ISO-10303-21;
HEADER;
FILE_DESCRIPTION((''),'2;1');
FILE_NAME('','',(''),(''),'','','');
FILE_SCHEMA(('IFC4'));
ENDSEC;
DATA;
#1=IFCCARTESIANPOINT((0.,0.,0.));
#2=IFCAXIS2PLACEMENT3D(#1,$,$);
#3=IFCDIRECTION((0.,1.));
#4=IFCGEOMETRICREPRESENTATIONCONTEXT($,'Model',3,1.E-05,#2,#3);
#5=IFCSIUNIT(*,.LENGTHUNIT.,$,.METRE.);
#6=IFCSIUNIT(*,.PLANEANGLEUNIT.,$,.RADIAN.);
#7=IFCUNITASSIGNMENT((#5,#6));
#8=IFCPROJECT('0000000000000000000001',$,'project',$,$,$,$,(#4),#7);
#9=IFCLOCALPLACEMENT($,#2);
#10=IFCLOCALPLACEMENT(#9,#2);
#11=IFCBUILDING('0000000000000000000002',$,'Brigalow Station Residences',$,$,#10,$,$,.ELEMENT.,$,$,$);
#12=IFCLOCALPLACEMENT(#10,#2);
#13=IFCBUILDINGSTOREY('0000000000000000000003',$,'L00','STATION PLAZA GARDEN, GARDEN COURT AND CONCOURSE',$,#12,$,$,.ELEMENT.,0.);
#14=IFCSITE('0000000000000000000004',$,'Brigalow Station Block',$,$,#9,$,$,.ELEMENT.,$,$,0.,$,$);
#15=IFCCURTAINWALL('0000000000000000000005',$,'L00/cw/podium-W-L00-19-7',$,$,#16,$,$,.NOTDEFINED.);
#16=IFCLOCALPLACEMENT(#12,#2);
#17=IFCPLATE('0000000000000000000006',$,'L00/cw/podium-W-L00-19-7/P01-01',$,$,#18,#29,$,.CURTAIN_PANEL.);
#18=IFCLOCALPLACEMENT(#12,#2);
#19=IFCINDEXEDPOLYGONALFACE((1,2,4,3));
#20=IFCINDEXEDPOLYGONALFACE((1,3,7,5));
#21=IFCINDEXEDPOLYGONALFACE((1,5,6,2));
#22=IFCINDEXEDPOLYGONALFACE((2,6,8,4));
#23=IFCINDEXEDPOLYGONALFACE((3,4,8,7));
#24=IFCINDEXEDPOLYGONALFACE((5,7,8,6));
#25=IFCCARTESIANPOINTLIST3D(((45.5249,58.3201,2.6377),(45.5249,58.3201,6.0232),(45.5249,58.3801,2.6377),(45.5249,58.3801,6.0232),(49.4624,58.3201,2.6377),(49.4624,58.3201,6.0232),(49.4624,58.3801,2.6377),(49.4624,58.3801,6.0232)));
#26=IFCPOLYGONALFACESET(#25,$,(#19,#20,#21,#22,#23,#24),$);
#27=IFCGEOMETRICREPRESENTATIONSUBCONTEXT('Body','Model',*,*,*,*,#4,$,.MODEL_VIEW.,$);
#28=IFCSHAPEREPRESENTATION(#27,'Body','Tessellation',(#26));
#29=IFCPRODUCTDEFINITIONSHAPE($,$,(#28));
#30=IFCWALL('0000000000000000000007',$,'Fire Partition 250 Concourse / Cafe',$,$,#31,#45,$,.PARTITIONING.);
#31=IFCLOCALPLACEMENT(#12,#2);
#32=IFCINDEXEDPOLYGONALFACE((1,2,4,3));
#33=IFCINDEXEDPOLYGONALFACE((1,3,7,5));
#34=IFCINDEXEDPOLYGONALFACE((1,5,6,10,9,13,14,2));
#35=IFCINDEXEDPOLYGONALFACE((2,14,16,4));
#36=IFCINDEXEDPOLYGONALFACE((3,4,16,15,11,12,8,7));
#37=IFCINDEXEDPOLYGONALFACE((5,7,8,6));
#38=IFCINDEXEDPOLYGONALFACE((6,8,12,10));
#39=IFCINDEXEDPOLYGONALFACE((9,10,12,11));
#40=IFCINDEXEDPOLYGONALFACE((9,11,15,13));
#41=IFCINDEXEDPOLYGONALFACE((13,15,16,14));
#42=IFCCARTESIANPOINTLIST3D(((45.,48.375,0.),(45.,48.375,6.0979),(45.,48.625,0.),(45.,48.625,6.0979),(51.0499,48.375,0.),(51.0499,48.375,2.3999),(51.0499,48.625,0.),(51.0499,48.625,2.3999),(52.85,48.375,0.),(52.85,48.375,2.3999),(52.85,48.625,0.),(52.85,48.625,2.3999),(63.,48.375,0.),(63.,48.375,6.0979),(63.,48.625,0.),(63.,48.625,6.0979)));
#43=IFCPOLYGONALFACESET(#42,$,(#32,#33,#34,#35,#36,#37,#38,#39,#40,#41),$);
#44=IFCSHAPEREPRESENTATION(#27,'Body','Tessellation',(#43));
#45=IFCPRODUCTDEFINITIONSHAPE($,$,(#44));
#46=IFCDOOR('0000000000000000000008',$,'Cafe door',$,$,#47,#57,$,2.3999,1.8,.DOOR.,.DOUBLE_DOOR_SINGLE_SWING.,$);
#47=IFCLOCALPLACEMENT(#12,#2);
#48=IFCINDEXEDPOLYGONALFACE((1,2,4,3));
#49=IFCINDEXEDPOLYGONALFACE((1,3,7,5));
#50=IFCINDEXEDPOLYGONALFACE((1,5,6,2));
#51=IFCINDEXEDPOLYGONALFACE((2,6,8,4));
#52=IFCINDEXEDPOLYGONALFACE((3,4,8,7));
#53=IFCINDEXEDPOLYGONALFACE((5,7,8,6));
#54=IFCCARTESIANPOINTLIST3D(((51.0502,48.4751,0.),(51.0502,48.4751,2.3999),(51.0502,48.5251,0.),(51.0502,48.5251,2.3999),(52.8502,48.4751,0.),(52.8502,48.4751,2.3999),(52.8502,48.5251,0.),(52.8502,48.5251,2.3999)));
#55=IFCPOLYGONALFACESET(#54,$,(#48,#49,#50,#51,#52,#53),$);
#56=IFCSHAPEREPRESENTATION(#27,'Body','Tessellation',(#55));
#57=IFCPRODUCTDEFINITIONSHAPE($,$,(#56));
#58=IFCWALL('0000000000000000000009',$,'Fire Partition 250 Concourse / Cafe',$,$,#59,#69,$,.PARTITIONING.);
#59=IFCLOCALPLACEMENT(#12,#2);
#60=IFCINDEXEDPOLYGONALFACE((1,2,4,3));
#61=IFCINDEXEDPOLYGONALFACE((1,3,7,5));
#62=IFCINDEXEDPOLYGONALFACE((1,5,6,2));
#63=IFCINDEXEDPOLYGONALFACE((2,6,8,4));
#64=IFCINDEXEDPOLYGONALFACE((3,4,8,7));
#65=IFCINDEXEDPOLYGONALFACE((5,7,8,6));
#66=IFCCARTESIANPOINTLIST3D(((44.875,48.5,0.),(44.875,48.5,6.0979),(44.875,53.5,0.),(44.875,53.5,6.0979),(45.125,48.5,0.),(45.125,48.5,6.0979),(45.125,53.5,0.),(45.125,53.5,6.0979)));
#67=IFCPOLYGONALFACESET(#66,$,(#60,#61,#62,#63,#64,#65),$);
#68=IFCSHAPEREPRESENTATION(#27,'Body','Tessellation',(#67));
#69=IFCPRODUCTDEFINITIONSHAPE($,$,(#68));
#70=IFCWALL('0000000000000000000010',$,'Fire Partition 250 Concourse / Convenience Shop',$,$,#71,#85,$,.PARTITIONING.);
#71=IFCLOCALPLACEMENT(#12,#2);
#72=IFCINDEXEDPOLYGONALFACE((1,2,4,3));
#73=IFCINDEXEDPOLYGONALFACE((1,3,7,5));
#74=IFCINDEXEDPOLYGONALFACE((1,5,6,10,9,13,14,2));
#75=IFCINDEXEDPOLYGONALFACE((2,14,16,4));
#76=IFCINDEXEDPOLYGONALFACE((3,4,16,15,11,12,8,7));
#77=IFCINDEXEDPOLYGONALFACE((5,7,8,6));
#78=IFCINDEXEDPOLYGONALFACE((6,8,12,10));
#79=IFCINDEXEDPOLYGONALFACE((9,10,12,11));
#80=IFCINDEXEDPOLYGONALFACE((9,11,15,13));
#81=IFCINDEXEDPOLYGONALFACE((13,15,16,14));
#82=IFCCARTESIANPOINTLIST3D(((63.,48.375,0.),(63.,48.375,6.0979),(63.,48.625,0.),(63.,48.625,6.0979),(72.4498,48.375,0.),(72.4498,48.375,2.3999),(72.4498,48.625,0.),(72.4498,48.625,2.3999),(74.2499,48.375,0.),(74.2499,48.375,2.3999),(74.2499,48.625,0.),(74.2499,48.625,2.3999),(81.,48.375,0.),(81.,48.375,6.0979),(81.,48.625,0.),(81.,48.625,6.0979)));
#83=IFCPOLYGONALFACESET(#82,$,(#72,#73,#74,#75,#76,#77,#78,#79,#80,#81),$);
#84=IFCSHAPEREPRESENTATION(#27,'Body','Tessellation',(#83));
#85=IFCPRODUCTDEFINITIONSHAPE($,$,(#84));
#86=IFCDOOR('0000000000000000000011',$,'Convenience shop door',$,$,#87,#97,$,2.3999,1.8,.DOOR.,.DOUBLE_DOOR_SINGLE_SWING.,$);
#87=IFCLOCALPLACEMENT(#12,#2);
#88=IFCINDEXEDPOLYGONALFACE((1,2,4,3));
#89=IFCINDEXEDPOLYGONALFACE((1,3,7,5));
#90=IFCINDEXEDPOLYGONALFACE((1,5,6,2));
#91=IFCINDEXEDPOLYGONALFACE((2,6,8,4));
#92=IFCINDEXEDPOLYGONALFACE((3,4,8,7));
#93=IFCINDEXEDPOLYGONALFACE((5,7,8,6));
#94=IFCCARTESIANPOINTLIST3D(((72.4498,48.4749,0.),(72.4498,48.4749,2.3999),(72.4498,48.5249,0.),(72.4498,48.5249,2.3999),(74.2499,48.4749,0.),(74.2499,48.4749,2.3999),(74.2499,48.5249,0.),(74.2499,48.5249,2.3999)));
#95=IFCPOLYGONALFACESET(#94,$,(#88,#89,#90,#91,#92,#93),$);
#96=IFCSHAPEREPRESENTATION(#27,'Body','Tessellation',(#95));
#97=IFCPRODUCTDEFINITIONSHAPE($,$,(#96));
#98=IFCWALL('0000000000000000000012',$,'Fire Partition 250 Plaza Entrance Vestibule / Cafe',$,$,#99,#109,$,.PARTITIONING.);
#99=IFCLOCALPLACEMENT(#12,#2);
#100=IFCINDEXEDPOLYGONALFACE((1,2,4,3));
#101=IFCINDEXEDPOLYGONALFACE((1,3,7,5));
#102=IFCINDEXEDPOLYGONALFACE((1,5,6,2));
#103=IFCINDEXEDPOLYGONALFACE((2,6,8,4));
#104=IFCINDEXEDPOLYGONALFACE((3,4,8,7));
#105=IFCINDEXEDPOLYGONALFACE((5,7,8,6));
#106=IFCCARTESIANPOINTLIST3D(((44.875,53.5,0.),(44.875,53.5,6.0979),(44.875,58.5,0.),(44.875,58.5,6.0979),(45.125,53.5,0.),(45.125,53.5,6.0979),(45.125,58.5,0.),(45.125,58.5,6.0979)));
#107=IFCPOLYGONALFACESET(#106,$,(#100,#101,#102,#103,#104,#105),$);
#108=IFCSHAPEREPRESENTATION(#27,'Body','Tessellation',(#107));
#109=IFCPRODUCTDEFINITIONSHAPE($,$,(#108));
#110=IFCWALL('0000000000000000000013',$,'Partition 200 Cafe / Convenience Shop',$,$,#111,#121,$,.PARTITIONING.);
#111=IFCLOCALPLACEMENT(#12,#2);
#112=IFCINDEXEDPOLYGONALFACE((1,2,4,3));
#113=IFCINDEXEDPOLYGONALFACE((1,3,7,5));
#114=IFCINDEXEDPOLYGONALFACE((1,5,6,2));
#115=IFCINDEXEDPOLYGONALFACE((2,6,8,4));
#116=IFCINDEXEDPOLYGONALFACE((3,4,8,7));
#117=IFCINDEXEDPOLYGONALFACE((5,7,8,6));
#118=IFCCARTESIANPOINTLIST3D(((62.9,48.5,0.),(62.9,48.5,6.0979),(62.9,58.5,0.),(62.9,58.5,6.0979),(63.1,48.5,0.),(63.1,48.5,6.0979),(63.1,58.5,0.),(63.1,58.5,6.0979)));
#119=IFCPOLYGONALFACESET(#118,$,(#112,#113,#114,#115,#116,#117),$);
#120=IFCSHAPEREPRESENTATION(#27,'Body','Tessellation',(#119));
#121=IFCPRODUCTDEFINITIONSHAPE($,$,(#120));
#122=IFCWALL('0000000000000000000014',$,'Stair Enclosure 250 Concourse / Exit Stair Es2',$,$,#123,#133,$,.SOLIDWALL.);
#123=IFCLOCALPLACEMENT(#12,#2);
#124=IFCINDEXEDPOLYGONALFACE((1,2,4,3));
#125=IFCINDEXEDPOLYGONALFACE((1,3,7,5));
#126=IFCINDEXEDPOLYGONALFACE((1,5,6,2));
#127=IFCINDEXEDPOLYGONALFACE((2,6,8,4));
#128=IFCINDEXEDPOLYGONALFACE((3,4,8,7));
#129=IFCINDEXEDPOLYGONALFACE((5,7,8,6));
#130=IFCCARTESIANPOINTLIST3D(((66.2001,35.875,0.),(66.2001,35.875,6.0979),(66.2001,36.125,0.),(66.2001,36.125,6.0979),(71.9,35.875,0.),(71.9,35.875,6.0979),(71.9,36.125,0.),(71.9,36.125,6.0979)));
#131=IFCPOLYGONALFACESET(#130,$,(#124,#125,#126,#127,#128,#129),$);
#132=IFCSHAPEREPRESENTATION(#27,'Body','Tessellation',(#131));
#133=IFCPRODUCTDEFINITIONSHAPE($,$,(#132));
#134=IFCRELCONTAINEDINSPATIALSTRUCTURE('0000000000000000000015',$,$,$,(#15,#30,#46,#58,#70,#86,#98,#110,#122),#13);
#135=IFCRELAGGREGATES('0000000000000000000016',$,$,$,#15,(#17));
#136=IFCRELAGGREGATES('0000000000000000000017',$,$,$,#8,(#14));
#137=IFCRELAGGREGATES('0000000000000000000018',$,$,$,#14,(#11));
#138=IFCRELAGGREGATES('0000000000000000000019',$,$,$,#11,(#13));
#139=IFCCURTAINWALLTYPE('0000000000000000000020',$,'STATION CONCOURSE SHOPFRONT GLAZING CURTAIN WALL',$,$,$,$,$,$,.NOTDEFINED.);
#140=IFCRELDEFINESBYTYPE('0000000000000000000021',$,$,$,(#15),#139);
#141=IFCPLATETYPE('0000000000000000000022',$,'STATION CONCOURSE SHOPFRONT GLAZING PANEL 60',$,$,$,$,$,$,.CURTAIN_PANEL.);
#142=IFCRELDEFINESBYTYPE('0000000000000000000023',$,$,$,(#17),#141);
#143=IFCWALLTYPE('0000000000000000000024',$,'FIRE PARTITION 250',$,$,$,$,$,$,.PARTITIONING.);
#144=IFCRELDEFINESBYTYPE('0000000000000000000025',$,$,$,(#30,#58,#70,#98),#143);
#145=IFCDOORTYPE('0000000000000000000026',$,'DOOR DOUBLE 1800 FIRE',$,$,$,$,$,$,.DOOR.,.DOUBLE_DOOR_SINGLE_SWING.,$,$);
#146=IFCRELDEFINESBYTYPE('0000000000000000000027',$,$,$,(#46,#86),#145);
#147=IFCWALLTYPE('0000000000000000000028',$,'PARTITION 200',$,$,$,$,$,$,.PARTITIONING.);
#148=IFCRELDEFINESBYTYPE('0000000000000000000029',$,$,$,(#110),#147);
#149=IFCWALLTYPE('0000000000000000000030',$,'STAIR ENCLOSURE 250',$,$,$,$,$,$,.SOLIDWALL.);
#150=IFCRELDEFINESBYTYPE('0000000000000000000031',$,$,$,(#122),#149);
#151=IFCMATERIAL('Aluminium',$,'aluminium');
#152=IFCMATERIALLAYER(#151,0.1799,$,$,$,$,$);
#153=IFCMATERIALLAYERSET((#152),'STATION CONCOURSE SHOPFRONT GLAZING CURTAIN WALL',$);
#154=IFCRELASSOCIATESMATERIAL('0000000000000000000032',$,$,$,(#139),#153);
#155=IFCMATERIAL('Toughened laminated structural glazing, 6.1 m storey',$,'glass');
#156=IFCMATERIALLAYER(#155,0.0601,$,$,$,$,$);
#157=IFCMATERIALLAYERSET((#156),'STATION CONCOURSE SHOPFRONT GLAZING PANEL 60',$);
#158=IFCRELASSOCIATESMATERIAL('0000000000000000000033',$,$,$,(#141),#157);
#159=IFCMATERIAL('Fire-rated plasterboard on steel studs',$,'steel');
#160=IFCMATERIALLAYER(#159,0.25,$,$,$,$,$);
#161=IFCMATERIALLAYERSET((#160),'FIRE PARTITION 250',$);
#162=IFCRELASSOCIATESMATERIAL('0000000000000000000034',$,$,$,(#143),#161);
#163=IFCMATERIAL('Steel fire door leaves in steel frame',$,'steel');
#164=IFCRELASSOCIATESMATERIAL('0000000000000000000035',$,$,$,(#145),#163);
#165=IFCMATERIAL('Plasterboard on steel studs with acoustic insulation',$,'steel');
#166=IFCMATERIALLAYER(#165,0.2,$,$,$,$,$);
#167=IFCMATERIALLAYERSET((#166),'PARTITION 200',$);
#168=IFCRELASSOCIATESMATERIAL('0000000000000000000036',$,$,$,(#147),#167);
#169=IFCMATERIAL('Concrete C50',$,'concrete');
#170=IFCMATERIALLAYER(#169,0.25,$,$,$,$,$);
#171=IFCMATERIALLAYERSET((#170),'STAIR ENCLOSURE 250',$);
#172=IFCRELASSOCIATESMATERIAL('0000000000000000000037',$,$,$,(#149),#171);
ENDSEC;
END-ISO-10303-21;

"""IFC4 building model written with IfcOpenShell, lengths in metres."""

from ifc_helpers import new_model, si_unit, direction, frame, frame_2d, origin, origin_2d, place, context, subcontext, project, spatial, rectangle, extrude, material, layer, layer_set, type_object, element, fill, aggregate, save


model = new_model("IFC4")

# Units and contexts
model_context = context("Model", 3, precision=1e-05, world=origin(), true_north=direction((0.0, 1.0)))
body_context = subcontext(model_context, "Body", "Model", "MODEL_VIEW")
ifc_project = project(units=[si_unit("LENGTHUNIT", "METRE"), si_unit("PLANEANGLEUNIT", "RADIAN")], contexts=[model_context])

# Site, building, storey
site_placement = place(None, origin())
site = spatial("IfcSite", under=ifc_project, at=site_placement, Name="Brigalow Station Block", CompositionType="ELEMENT", RefElevation=0.0)
building_placement = place(site_placement, origin())
building = spatial("IfcBuilding", under=site, at=building_placement, Name="Brigalow Station Residences", CompositionType="ELEMENT")
storey_placement = place(building_placement, origin())
storey = spatial("IfcBuildingStorey", under=building, at=storey_placement, Name="L00", Description="STATION PLAZA GARDEN, GARDEN COURT AND CONCOURSE", CompositionType="ELEMENT", Elevation=0.0)

# Shared definitions
ifc_material_1 = material(Name="Aluminium", Category="aluminium")
ifc_layer_1 = layer(ifc_material_1, 0.1799)
ifc_layer_set_1 = layer_set([ifc_layer_1], Name="STATION CONCOURSE SHOPFRONT GLAZING CURTAIN WALL")
curtain_wall_type = type_object("IfcCurtainWallType", Name="STATION CONCOURSE SHOPFRONT GLAZING CURTAIN WALL", PredefinedType="NOTDEFINED", material=ifc_layer_set_1)

# Curtain wall, plate
curtain_wall_1_placement = place(storey_placement, origin())
curtain_wall_1 = element("IfcCurtainWall", 1, at=curtain_wall_1_placement, inside=storey, type_object=curtain_wall_type, Name="L00/cw/podium-W-L00-19-7", PredefinedType="NOTDEFINED")
ifc_material_2 = material(Name="Toughened laminated structural glazing, 6.1 m storey", Category="glass")
ifc_layer_2 = layer(ifc_material_2, 0.0601)
ifc_layer_set_2 = layer_set([ifc_layer_2], Name="STATION CONCOURSE SHOPFRONT GLAZING PANEL 60")
plate_type = type_object("IfcPlateType", Name="STATION CONCOURSE SHOPFRONT GLAZING PANEL 60", PredefinedType="CURTAIN_PANEL", material=ifc_layer_set_2)
plate_1_placement = place(storey_placement, frame((47.4937, 58.3501, 2.6377), z_axis=(0.0, 0.0, 1.0), x_axis=(-1.0, 0.0, 0.0)))
plate_1 = element("IfcPlate", 2, at=plate_1_placement, type_object=plate_type, Name="L00/cw/podium-W-L00-19-7/P01-01", PredefinedType="CURTAIN_PANEL", context=body_context, shape_type="SweptSolid", body=[
    extrude(rectangle(XDim=3.9375, YDim=0.0601, at=origin_2d()), origin(), (0.0, 0.0, 1.0), 3.3855),
])
aggregate(curtain_wall_1, [plate_1])

# Wall, opening, door
ifc_material_3 = material(Name="Fire-rated plasterboard on steel studs", Category="steel")
ifc_layer_3 = layer(ifc_material_3, 0.25)
ifc_layer_set_3 = layer_set([ifc_layer_3], Name="FIRE PARTITION 250")
wall_type_1 = type_object("IfcWallType", Name="FIRE PARTITION 250", PredefinedType="PARTITIONING", material=ifc_layer_set_3)
wall_1_placement = place(storey_placement, frame((45.0, 48.5, 0.0), z_axis=(0.0, 0.0, 1.0), x_axis=(1.0, 0.0, 0.0)))
wall_1 = element("IfcWall", 3, at=wall_1_placement, inside=storey, type_object=wall_type_1, Name="Fire Partition 250 Concourse / Cafe", PredefinedType="PARTITIONING", context=body_context, shape_type="SweptSolid", body=[
    extrude(rectangle(XDim=18.0, YDim=0.25, at=frame_2d((9.0, 0.0))), origin(), (0.0, 0.0, 1.0), 6.0979),
])
opening_1_placement = place(wall_1_placement, frame((6.05, 0.0, 0.0)))
opening_1 = element("IfcOpeningElement", 4, at=opening_1_placement, cuts=wall_1, PredefinedType="OPENING", context=body_context, shape_type="SweptSolid", body=[
    extrude(rectangle(XDim=1.8, YDim=2.3999, at=frame_2d((0.8999, 1.2))), frame((0.0, 0.135, 0.0), z_axis=(0.0, -1.0, 0.0), x_axis=(1.0, 0.0, 0.0)), (0.0, 0.0, 1.0), 0.27),
])
ifc_material_4 = material(Name="Steel fire door leaves in steel frame", Category="steel")
door_type = type_object("IfcDoorType", Name="DOOR DOUBLE 1800 FIRE", OperationType="DOUBLE_DOOR_SINGLE_SWING", PredefinedType="DOOR", material=ifc_material_4)
door_1_placement = place(opening_1_placement, frame((1.8, 0.0, 0.0), z_axis=(0.0, 0.0, 1.0), x_axis=(-1.0, 0.0, 0.0)))
door_1 = element("IfcDoor", 5, at=door_1_placement, inside=storey, type_object=door_type, Name="Cafe door", OperationType="DOUBLE_DOOR_SINGLE_SWING", OverallHeight=2.3999, OverallWidth=1.8, PredefinedType="DOOR", context=body_context, shape_type="SweptSolid", body=[
    extrude(rectangle(XDim=1.8, YDim=2.3999, at=frame_2d((0.8999, 1.2))), frame((0.0, 0.0249, 0.0), z_axis=(0.0, -1.0, 0.0), x_axis=(1.0, 0.0, 0.0)), (0.0, 0.0, 1.0), 0.05),
])
fill(opening_1, door_1)

# Wall
wall_2_placement = place(storey_placement, frame((45.0, 48.5, 0.0), z_axis=(0.0, 0.0, 1.0), x_axis=(0.0, 1.0, 0.0)))
element("IfcWall", 6, at=wall_2_placement, inside=storey, type_object=wall_type_1, Name="Fire Partition 250 Concourse / Cafe", PredefinedType="PARTITIONING", context=body_context, shape_type="SweptSolid", body=[
    extrude(rectangle(XDim=5.0, YDim=0.25, at=frame_2d((2.5, 0.0))), origin(), (0.0, 0.0, 1.0), 6.0979),
])

# Wall, opening, door
wall_3_placement = place(storey_placement, frame((63.0, 48.5, 0.0), z_axis=(0.0, 0.0, 1.0), x_axis=(1.0, 0.0, 0.0)))
wall_3 = element("IfcWall", 7, at=wall_3_placement, inside=storey, type_object=wall_type_1, Name="Fire Partition 250 Concourse / Convenience Shop", PredefinedType="PARTITIONING", context=body_context, shape_type="SweptSolid", body=[
    extrude(rectangle(XDim=18.0, YDim=0.25, at=frame_2d((9.0, 0.0))), origin(), (0.0, 0.0, 1.0), 6.0979),
])
opening_2_placement = place(wall_3_placement, frame((9.45, 0.0, 0.0)))
opening_2 = element("IfcOpeningElement", 8, at=opening_2_placement, cuts=wall_3, PredefinedType="OPENING", context=body_context, shape_type="SweptSolid", body=[
    extrude(rectangle(XDim=1.8, YDim=2.3999, at=frame_2d((0.8999, 1.2))), frame((0.0, 0.135, 0.0), z_axis=(0.0, -1.0, 0.0), x_axis=(1.0, 0.0, 0.0)), (0.0, 0.0, 1.0), 0.27),
])
door_2_placement = place(opening_2_placement, origin())
door_2 = element("IfcDoor", 9, at=door_2_placement, inside=storey, type_object=door_type, Name="Convenience shop door", OperationType="DOUBLE_DOOR_SINGLE_SWING", OverallHeight=2.3999, OverallWidth=1.8, PredefinedType="DOOR", context=body_context, shape_type="SweptSolid", body=[
    extrude(rectangle(XDim=1.8, YDim=2.3999, at=frame_2d((0.8999, 1.2))), frame((0.0, 0.0249, 0.0), z_axis=(0.0, -1.0, 0.0), x_axis=(1.0, 0.0, 0.0)), (0.0, 0.0, 1.0), 0.05),
])
fill(opening_2, door_2)

# Walls
wall_4_placement = place(storey_placement, frame((45.0, 53.5, 0.0), z_axis=(0.0, 0.0, 1.0), x_axis=(0.0, 1.0, 0.0)))
element("IfcWall", 10, at=wall_4_placement, inside=storey, type_object=wall_type_1, Name="Fire Partition 250 Plaza Entrance Vestibule / Cafe", PredefinedType="PARTITIONING", context=body_context, shape_type="SweptSolid", body=[
    extrude(rectangle(XDim=5.0, YDim=0.25, at=frame_2d((2.5, 0.0))), origin(), (0.0, 0.0, 1.0), 6.0979),
])
ifc_material_5 = material(Name="Plasterboard on steel studs with acoustic insulation", Category="steel")
ifc_layer_4 = layer(ifc_material_5, 0.2)
ifc_layer_set_4 = layer_set([ifc_layer_4], Name="PARTITION 200")
wall_type_2 = type_object("IfcWallType", Name="PARTITION 200", PredefinedType="PARTITIONING", material=ifc_layer_set_4)
wall_5_placement = place(storey_placement, frame((63.0, 48.5, 0.0), z_axis=(0.0, 0.0, 1.0), x_axis=(0.0, 1.0, 0.0)))
element("IfcWall", 11, at=wall_5_placement, inside=storey, type_object=wall_type_2, Name="Partition 200 Cafe / Convenience Shop", PredefinedType="PARTITIONING", context=body_context, shape_type="SweptSolid", body=[
    extrude(rectangle(XDim=10.0, YDim=0.2, at=frame_2d((5.0, 0.0))), origin(), (0.0, 0.0, 1.0), 6.0979),
])
ifc_material_6 = material(Name="Concrete C50", Category="concrete")
ifc_layer_5 = layer(ifc_material_6, 0.25)
ifc_layer_set_5 = layer_set([ifc_layer_5], Name="STAIR ENCLOSURE 250")
wall_type_3 = type_object("IfcWallType", Name="STAIR ENCLOSURE 250", PredefinedType="SOLIDWALL", material=ifc_layer_set_5)
wall_6_placement = place(storey_placement, frame((66.2, 36.0, 0.0), z_axis=(0.0, 0.0, 1.0), x_axis=(1.0, 0.0, 0.0)))
element("IfcWall", 12, at=wall_6_placement, inside=storey, type_object=wall_type_3, Name="Stair Enclosure 250 Concourse / Exit Stair Es2", PredefinedType="SOLIDWALL", context=body_context, shape_type="SweptSolid", body=[
    extrude(rectangle(XDim=5.7, YDim=0.25, at=frame_2d((2.8501, 0.0))), origin(), (0.0, 0.0, 1.0), 6.0979),
])

save(model, "model.ifc")
